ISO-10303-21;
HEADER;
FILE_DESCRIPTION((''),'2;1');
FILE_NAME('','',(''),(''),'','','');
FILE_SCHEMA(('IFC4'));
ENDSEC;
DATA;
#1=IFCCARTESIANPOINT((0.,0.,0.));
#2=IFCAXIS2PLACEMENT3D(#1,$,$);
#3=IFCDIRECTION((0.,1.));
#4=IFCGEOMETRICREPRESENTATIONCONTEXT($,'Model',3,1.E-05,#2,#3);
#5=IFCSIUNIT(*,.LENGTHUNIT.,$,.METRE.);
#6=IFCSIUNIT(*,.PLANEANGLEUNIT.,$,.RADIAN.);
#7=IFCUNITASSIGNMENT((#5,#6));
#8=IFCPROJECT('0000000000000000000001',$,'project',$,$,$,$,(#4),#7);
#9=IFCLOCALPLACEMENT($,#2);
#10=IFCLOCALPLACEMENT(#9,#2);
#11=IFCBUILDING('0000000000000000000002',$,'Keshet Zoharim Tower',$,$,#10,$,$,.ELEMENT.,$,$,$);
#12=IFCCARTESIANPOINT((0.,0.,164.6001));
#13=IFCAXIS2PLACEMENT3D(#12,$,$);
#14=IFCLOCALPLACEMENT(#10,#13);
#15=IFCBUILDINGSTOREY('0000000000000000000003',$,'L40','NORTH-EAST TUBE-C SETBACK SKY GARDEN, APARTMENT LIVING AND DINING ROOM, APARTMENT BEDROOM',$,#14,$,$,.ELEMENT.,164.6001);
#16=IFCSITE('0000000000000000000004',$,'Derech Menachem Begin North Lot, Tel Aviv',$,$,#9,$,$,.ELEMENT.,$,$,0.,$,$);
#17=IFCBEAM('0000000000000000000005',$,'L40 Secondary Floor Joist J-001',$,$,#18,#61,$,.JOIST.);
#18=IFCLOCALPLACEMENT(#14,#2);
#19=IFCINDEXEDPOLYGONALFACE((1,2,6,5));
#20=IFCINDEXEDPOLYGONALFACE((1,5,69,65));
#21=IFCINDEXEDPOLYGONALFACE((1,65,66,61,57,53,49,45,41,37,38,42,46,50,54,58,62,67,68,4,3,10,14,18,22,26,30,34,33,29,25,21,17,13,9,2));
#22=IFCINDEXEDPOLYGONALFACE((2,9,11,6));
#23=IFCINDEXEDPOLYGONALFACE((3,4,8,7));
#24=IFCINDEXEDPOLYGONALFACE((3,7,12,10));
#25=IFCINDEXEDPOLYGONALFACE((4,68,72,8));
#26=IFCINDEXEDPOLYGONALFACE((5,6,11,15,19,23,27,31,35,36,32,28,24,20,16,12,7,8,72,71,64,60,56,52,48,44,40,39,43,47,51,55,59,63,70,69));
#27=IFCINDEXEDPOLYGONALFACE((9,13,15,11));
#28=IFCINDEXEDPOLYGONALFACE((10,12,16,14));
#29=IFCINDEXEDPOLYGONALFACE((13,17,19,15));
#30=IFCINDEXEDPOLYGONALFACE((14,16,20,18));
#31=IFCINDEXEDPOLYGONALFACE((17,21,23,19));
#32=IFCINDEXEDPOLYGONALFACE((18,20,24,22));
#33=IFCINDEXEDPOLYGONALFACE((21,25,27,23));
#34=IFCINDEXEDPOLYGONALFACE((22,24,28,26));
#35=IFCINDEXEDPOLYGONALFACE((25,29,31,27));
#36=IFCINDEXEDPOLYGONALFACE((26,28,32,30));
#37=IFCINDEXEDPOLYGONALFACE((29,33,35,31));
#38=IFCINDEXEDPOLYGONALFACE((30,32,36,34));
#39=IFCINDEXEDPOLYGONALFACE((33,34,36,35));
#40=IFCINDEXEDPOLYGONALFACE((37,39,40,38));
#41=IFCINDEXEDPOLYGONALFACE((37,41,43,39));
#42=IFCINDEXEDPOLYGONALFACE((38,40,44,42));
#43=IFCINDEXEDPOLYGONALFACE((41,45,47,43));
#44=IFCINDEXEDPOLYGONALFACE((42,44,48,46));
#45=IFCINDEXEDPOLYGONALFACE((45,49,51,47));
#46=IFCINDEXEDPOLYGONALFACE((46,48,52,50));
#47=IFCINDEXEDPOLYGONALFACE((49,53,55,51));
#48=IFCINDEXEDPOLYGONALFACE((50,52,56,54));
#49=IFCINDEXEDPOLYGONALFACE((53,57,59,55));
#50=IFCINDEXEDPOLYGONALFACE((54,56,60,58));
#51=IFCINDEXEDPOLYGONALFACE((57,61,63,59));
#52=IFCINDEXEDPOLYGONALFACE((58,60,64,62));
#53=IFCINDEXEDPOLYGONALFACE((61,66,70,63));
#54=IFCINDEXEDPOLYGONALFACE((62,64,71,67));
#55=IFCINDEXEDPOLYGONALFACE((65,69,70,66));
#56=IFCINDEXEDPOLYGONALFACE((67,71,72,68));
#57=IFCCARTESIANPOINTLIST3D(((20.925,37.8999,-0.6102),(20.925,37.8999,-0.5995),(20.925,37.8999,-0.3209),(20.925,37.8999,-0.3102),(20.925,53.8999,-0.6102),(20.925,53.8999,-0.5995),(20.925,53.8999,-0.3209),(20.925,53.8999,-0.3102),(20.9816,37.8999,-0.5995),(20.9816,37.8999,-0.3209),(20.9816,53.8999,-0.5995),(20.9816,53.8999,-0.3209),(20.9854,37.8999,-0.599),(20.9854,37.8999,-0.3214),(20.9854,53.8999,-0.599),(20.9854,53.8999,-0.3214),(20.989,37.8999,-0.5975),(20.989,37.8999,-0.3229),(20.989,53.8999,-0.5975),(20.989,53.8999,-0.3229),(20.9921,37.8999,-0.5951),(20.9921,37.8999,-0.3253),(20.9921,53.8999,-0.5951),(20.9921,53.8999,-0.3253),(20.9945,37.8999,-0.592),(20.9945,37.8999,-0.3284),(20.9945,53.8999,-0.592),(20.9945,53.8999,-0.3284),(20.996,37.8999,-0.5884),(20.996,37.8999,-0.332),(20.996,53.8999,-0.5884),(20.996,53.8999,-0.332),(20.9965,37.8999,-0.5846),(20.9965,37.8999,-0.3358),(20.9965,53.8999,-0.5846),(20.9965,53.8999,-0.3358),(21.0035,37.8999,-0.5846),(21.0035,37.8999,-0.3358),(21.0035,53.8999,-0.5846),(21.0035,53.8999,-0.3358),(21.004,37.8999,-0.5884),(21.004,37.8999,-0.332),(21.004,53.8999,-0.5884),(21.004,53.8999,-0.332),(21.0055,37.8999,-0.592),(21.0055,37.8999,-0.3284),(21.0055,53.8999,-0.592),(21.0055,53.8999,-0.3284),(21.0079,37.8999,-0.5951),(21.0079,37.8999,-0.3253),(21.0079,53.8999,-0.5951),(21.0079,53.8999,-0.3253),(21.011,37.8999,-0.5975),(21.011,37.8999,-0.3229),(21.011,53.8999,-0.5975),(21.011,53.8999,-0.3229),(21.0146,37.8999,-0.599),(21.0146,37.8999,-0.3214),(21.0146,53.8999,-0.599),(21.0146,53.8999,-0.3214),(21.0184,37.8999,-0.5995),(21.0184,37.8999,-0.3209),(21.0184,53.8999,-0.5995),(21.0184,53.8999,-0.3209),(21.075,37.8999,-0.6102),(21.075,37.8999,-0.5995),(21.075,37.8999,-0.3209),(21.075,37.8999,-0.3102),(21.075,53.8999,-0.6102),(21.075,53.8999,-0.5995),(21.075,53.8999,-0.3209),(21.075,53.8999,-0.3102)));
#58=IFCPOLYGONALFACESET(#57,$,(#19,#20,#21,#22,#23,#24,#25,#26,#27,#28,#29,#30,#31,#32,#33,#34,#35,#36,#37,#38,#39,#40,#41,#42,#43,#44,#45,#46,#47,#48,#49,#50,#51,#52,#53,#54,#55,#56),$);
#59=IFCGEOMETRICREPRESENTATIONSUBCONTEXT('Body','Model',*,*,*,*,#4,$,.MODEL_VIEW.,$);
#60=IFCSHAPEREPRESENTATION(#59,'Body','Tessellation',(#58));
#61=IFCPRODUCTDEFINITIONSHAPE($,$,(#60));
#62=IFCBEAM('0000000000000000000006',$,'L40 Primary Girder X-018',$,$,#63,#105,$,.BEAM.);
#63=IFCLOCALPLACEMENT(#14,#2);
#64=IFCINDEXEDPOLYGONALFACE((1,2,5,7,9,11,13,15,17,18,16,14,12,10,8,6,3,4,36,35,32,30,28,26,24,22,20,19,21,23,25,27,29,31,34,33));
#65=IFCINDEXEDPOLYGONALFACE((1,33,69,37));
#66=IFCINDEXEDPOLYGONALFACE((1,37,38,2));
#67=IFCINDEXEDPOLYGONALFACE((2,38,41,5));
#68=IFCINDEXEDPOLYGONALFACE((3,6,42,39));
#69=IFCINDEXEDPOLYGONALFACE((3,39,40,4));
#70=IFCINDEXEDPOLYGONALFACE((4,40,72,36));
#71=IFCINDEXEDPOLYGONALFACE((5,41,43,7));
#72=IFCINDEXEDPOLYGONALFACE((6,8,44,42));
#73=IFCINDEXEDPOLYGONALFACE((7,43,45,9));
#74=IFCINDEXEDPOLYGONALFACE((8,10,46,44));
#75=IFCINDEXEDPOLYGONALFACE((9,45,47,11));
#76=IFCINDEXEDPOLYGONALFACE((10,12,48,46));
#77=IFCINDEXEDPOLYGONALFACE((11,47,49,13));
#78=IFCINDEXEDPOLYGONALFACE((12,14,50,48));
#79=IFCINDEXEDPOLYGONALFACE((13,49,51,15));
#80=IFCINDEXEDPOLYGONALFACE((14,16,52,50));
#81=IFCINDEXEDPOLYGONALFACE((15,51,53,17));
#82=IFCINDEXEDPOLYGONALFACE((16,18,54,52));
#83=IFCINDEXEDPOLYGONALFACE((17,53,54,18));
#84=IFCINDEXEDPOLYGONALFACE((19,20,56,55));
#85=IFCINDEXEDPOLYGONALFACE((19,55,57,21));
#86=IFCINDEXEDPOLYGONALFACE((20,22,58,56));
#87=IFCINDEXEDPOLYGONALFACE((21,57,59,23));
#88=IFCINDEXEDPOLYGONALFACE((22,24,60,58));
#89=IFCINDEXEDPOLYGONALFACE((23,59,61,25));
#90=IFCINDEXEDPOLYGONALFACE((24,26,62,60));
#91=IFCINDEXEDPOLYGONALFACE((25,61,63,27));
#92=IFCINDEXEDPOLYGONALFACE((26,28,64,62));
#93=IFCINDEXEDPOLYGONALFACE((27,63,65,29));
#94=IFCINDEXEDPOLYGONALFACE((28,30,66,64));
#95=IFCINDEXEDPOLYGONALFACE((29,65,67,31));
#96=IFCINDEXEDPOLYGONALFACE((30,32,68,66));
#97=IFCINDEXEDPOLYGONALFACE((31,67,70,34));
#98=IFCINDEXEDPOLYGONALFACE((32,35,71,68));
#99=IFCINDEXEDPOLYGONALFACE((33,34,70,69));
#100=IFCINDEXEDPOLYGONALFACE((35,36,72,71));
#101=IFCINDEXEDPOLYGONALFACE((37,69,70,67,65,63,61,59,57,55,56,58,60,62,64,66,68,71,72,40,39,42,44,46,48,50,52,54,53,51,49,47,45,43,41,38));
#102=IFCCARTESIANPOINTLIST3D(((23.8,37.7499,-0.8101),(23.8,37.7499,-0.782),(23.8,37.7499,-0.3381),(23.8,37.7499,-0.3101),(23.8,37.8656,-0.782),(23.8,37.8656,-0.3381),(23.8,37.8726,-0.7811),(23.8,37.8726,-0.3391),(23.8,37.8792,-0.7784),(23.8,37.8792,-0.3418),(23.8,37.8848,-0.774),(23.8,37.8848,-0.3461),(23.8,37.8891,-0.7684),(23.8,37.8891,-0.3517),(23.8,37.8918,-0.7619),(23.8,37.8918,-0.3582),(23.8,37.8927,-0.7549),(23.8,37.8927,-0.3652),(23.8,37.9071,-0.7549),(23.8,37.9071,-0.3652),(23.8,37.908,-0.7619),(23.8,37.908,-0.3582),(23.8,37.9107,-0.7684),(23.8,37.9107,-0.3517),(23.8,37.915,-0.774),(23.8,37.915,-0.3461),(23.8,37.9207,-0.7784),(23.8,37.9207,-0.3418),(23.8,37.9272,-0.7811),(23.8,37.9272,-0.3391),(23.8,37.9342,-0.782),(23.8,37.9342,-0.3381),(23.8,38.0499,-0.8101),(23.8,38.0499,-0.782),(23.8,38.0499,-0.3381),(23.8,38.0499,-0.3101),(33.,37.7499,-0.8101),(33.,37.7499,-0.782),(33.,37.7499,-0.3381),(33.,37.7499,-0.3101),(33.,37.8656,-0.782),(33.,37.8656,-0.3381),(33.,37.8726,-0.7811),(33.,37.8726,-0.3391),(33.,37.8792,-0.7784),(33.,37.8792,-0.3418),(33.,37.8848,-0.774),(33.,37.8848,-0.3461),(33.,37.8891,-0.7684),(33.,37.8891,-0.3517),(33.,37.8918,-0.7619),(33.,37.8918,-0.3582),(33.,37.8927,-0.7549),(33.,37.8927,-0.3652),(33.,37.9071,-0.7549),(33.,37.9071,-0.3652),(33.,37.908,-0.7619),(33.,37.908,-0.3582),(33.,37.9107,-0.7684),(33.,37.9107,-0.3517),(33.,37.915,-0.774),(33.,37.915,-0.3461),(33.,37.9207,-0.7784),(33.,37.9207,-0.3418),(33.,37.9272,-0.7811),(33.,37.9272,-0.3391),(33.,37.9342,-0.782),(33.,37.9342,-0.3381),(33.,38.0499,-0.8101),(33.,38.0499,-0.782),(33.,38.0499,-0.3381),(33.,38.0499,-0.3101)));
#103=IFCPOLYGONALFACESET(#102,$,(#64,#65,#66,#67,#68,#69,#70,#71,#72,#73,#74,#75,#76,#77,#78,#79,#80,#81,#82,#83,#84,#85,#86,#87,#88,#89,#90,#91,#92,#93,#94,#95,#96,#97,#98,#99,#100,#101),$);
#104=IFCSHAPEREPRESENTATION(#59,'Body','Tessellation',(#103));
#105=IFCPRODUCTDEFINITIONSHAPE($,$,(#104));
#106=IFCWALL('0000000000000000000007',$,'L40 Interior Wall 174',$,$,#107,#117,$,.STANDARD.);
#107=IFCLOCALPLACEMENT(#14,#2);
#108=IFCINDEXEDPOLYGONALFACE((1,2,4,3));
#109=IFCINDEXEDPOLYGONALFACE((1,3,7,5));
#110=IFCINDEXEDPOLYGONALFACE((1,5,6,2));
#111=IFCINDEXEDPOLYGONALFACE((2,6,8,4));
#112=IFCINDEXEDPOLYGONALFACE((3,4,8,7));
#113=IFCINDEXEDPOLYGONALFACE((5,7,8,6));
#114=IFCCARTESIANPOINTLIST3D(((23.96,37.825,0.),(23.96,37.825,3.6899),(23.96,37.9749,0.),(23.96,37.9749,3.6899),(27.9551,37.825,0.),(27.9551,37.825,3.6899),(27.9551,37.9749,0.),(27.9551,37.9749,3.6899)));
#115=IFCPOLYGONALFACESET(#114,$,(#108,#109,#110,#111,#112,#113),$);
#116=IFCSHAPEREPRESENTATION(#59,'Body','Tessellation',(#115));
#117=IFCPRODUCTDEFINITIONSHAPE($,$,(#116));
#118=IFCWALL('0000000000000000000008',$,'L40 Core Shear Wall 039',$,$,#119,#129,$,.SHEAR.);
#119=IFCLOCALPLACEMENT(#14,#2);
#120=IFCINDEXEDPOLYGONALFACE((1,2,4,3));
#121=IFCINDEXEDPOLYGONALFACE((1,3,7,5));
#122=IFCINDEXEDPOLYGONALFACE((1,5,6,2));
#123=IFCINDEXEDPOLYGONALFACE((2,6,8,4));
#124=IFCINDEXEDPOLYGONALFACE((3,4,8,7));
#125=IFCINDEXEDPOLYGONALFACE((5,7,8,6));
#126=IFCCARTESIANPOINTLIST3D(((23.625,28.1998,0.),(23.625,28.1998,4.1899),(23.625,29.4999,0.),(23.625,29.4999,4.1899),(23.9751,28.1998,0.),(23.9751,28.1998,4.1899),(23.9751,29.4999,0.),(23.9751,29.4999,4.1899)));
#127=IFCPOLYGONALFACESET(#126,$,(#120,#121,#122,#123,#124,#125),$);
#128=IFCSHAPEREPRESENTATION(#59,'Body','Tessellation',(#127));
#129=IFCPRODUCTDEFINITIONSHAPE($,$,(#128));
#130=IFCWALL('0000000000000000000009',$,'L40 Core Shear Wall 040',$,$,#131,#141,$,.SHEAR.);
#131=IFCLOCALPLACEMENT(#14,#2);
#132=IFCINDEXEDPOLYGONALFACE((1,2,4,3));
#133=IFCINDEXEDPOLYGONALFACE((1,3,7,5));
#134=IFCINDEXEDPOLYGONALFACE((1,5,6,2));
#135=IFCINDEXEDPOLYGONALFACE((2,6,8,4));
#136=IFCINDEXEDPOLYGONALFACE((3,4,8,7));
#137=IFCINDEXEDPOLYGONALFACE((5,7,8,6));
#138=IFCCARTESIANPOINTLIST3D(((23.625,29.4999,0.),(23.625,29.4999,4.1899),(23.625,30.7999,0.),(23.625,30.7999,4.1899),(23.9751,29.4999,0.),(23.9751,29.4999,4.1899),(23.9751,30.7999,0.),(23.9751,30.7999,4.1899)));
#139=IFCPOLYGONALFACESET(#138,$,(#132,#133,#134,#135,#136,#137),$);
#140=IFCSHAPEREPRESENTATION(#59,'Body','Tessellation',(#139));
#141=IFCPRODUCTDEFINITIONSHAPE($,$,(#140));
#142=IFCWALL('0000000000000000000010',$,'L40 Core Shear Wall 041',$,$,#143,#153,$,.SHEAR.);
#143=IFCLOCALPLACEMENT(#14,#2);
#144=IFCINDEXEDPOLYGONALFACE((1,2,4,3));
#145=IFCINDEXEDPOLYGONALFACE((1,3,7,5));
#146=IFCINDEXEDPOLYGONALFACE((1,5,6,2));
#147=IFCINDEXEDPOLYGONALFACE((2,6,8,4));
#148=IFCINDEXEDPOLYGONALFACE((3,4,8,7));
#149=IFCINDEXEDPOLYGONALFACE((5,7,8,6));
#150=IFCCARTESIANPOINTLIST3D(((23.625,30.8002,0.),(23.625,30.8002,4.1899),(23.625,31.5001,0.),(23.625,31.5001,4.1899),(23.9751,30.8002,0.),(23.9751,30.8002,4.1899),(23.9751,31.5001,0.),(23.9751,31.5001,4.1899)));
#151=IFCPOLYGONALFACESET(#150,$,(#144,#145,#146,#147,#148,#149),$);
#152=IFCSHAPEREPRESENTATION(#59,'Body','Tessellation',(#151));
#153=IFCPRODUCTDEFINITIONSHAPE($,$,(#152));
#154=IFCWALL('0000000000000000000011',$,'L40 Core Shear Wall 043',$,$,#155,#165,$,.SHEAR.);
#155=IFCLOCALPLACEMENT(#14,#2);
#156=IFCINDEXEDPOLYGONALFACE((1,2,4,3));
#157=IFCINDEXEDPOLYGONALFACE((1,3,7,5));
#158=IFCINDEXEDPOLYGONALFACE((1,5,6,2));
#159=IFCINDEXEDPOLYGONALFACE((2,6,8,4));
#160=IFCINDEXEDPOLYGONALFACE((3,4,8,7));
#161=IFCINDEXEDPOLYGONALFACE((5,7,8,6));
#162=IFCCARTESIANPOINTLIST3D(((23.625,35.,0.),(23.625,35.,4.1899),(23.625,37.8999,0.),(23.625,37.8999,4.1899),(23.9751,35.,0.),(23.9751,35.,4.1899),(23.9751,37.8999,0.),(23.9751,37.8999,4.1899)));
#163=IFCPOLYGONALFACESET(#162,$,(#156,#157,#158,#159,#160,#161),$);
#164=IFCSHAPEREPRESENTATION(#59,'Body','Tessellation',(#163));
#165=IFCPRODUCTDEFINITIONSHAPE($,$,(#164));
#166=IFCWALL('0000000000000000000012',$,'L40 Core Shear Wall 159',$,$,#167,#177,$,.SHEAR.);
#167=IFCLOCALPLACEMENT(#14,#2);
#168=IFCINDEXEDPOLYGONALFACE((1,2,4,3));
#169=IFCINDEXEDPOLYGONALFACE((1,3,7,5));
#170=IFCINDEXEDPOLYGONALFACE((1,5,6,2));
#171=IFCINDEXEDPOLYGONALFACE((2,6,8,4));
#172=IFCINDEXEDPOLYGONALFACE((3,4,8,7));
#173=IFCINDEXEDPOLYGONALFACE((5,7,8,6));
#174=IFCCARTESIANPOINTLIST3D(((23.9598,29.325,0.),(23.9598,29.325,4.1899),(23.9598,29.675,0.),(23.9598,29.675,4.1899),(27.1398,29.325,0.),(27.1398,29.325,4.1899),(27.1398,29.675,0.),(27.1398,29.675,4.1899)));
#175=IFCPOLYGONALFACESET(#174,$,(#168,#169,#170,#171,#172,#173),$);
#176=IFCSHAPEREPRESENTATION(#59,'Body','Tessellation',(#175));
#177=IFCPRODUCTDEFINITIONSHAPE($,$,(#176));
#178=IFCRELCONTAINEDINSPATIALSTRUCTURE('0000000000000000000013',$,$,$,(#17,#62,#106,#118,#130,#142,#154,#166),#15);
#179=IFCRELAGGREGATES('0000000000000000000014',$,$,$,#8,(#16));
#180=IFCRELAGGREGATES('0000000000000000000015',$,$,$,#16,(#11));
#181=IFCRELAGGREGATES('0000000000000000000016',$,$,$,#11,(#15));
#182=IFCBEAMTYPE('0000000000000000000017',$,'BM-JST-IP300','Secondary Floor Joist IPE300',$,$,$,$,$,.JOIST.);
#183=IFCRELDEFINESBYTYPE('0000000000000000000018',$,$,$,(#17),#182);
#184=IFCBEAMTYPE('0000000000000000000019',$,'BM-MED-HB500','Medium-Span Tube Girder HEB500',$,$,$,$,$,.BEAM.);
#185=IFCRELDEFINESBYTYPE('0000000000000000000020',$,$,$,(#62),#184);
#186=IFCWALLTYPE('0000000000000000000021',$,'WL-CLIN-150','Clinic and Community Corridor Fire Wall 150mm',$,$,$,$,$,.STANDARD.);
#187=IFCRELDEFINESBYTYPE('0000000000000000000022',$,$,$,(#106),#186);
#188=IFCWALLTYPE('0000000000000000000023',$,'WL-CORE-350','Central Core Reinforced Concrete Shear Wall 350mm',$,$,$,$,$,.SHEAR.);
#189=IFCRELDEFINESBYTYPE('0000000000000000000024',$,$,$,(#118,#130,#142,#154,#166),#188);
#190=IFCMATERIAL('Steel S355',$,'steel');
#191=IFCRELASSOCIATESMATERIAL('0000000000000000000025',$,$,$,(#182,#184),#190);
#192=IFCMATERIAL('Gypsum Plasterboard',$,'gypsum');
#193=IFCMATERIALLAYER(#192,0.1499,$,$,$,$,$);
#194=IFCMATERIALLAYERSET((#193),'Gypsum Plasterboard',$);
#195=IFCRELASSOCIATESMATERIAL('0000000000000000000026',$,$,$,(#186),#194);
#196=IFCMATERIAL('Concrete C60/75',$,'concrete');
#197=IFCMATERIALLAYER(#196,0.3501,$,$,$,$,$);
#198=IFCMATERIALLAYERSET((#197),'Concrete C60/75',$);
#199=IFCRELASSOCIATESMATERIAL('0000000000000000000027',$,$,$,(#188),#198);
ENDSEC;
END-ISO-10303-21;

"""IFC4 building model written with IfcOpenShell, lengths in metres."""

from ifc_helpers import new_model, si_unit, direction, frame, frame_2d, origin, origin_2d, place, context, subcontext, project, spatial, rectangle, i_section, extrude, material, layer, layer_set, material_profile, profile_set, type_object, element, save


model = new_model("IFC4")

# Units and contexts
model_context = context("Model", 3, precision=1e-05, world=origin(), true_north=direction((0.0, 1.0)))
body_context = subcontext(model_context, "Body", "Model", "MODEL_VIEW")
ifc_project = project(units=[si_unit("LENGTHUNIT", "METRE"), si_unit("PLANEANGLEUNIT", "RADIAN")], contexts=[model_context])

# Site, building, storey
site_placement = place(None, origin())
site = spatial("IfcSite", under=ifc_project, at=site_placement, Name="Derech Menachem Begin North Lot, Tel Aviv", CompositionType="ELEMENT", RefElevation=0.0)
building_placement = place(site_placement, origin())
building = spatial("IfcBuilding", under=site, at=building_placement, Name="Keshet Zoharim Tower", CompositionType="ELEMENT")
storey_placement = place(building_placement, frame((0.0, 0.0, 164.6001)))
storey = spatial("IfcBuildingStorey", under=building, at=storey_placement, Name="L40", Description="NORTH-EAST TUBE-C SETBACK SKY GARDEN, APARTMENT LIVING AND DINING ROOM, APARTMENT BEDROOM", CompositionType="ELEMENT", Elevation=164.6001)

# Beams
ifc_material_1 = material(Name="Steel S355", Category="steel")
ifc_material_profile_1 = material_profile(ifc_material_1, i_section(OverallWidth=0.1499, OverallDepth=0.3, WebThickness=0.0071, FlangeThickness=0.0107, FilletRadius=0.0149, at=origin_2d()), Name="IPE300")
ifc_profile_set_1 = profile_set([ifc_material_profile_1], Name="Steel S355")
beam_type_1 = type_object("IfcBeamType", Name="BM-JST-IP300", Description="Secondary Floor Joist IPE300", PredefinedType="JOIST", material=ifc_profile_set_1)
beam_1_placement = place(storey_placement, frame((21.0, 37.8999, -0.4602), z_axis=(0.0, 1.0, 0.0), x_axis=(-1.0, 0.0, 0.0)))
element("IfcBeam", 1, at=beam_1_placement, inside=storey, type_object=beam_type_1, Name="L40 Secondary Floor Joist J-001", PredefinedType="JOIST", context=body_context, shape_type="SweptSolid", body=[
    extrude(i_section(OverallWidth=0.1499, OverallDepth=0.3, WebThickness=0.0071, FlangeThickness=0.0107, FilletRadius=0.0149, at=origin_2d()), origin(), (0.0, 0.0, 1.0), 16.0),
])
ifc_material_profile_2 = material_profile(ifc_material_1, i_section(OverallWidth=0.3, OverallDepth=0.5, WebThickness=0.0144, FlangeThickness=0.0281, FilletRadius=0.0271, at=origin_2d()), Name="HEB500")
ifc_profile_set_2 = profile_set([ifc_material_profile_2], Name="Steel S355")
beam_type_2 = type_object("IfcBeamType", Name="BM-MED-HB500", Description="Medium-Span Tube Girder HEB500", PredefinedType="BEAM", material=ifc_profile_set_2)
beam_2_placement = place(storey_placement, frame((23.8, 37.8999, -0.5601), z_axis=(1.0, 0.0, 0.0), x_axis=(0.0, 1.0, 0.0)))
element("IfcBeam", 2, at=beam_2_placement, inside=storey, type_object=beam_type_2, Name="L40 Primary Girder X-018", PredefinedType="BEAM", context=body_context, shape_type="SweptSolid", body=[
    extrude(i_section(OverallWidth=0.3, OverallDepth=0.5, WebThickness=0.0144, FlangeThickness=0.0281, FilletRadius=0.0271, at=origin_2d()), origin(), (0.0, 0.0, 1.0), 9.2),
])

# Walls
ifc_material_2 = material(Name="Gypsum Plasterboard", Category="gypsum")
ifc_layer_1 = layer(ifc_material_2, 0.1499)
ifc_layer_set_1 = layer_set([ifc_layer_1], Name="Gypsum Plasterboard")
wall_type_1 = type_object("IfcWallType", Name="WL-CLIN-150", Description="Clinic and Community Corridor Fire Wall 150mm", PredefinedType="STANDARD", material=ifc_layer_set_1)
wall_1_placement = place(storey_placement, frame((23.96, 37.8999, 0.0), z_axis=(0.0, 0.0, 1.0), x_axis=(1.0, 0.0, 0.0)))
element("IfcWall", 3, at=wall_1_placement, inside=storey, type_object=wall_type_1, Name="L40 Interior Wall 174", PredefinedType="STANDARD", context=body_context, shape_type="SweptSolid", body=[
    extrude(rectangle(XDim=3.9951, YDim=0.1499, at=frame_2d((1.9976, 0.0))), origin(), (0.0, 0.0, 1.0), 3.6899),
])
ifc_material_3 = material(Name="Concrete C60/75", Category="concrete")
ifc_layer_2 = layer(ifc_material_3, 0.3501)
ifc_layer_set_2 = layer_set([ifc_layer_2], Name="Concrete C60/75")
wall_type_2 = type_object("IfcWallType", Name="WL-CORE-350", Description="Central Core Reinforced Concrete Shear Wall 350mm", PredefinedType="SHEAR", material=ifc_layer_set_2)
for number, where, z_axis, x_axis, name in (
    (4, (23.8, 28.2, 0.0), (0.0, 0.0, 1.0), (0.0, 1.0, 0.0), "L40 Core Shear Wall 039"),
    (5, (23.8, 29.5, 0.0), (0.0, 0.0, 1.0), (0.0, 1.0, 0.0), "L40 Core Shear Wall 040"),
):
    element("IfcWall", number, at=place(storey_placement, frame(where, z_axis=z_axis, x_axis=x_axis)), inside=storey, type_object=wall_type_2, Name=name, PredefinedType="SHEAR", context=body_context, shape_type="SweptSolid", body=[
        extrude(rectangle(XDim=1.3, YDim=0.3501, at=frame_2d((0.6499, 0.0))), origin(), (0.0, 0.0, 1.0), 4.1899),
    ])
wall_2_placement = place(storey_placement, frame((23.8, 30.8, 0.0), z_axis=(0.0, 0.0, 1.0), x_axis=(0.0, 1.0, 0.0)))
element("IfcWall", 6, at=wall_2_placement, inside=storey, type_object=wall_type_2, Name="L40 Core Shear Wall 041", PredefinedType="SHEAR", context=body_context, shape_type="SweptSolid", body=[
    extrude(rectangle(XDim=0.7, YDim=0.3501, at=frame_2d((0.3501, 0.0))), origin(), (0.0, 0.0, 1.0), 4.1899),
])

# Walls
wall_3_placement = place(storey_placement, frame((23.8, 35.0, 0.0), z_axis=(0.0, 0.0, 1.0), x_axis=(0.0, 1.0, 0.0)))
element("IfcWall", 7, at=wall_3_placement, inside=storey, type_object=wall_type_2, Name="L40 Core Shear Wall 043", PredefinedType="SHEAR", context=body_context, shape_type="SweptSolid", body=[
    extrude(rectangle(XDim=2.8999, YDim=0.3501, at=frame_2d((1.45, 0.0))), origin(), (0.0, 0.0, 1.0), 4.1899),
])
wall_4_placement = place(storey_placement, frame((23.96, 29.5, 0.0), z_axis=(0.0, 0.0, 1.0), x_axis=(1.0, 0.0, 0.0)))
element("IfcWall", 8, at=wall_4_placement, inside=storey, type_object=wall_type_2, Name="L40 Core Shear Wall 159", PredefinedType="SHEAR", context=body_context, shape_type="SweptSolid", body=[
    extrude(rectangle(XDim=3.1799, YDim=0.3501, at=frame_2d((1.5898, 0.0))), origin(), (0.0, 0.0, 1.0), 4.1899),
])

save(model, "model.ifc")
